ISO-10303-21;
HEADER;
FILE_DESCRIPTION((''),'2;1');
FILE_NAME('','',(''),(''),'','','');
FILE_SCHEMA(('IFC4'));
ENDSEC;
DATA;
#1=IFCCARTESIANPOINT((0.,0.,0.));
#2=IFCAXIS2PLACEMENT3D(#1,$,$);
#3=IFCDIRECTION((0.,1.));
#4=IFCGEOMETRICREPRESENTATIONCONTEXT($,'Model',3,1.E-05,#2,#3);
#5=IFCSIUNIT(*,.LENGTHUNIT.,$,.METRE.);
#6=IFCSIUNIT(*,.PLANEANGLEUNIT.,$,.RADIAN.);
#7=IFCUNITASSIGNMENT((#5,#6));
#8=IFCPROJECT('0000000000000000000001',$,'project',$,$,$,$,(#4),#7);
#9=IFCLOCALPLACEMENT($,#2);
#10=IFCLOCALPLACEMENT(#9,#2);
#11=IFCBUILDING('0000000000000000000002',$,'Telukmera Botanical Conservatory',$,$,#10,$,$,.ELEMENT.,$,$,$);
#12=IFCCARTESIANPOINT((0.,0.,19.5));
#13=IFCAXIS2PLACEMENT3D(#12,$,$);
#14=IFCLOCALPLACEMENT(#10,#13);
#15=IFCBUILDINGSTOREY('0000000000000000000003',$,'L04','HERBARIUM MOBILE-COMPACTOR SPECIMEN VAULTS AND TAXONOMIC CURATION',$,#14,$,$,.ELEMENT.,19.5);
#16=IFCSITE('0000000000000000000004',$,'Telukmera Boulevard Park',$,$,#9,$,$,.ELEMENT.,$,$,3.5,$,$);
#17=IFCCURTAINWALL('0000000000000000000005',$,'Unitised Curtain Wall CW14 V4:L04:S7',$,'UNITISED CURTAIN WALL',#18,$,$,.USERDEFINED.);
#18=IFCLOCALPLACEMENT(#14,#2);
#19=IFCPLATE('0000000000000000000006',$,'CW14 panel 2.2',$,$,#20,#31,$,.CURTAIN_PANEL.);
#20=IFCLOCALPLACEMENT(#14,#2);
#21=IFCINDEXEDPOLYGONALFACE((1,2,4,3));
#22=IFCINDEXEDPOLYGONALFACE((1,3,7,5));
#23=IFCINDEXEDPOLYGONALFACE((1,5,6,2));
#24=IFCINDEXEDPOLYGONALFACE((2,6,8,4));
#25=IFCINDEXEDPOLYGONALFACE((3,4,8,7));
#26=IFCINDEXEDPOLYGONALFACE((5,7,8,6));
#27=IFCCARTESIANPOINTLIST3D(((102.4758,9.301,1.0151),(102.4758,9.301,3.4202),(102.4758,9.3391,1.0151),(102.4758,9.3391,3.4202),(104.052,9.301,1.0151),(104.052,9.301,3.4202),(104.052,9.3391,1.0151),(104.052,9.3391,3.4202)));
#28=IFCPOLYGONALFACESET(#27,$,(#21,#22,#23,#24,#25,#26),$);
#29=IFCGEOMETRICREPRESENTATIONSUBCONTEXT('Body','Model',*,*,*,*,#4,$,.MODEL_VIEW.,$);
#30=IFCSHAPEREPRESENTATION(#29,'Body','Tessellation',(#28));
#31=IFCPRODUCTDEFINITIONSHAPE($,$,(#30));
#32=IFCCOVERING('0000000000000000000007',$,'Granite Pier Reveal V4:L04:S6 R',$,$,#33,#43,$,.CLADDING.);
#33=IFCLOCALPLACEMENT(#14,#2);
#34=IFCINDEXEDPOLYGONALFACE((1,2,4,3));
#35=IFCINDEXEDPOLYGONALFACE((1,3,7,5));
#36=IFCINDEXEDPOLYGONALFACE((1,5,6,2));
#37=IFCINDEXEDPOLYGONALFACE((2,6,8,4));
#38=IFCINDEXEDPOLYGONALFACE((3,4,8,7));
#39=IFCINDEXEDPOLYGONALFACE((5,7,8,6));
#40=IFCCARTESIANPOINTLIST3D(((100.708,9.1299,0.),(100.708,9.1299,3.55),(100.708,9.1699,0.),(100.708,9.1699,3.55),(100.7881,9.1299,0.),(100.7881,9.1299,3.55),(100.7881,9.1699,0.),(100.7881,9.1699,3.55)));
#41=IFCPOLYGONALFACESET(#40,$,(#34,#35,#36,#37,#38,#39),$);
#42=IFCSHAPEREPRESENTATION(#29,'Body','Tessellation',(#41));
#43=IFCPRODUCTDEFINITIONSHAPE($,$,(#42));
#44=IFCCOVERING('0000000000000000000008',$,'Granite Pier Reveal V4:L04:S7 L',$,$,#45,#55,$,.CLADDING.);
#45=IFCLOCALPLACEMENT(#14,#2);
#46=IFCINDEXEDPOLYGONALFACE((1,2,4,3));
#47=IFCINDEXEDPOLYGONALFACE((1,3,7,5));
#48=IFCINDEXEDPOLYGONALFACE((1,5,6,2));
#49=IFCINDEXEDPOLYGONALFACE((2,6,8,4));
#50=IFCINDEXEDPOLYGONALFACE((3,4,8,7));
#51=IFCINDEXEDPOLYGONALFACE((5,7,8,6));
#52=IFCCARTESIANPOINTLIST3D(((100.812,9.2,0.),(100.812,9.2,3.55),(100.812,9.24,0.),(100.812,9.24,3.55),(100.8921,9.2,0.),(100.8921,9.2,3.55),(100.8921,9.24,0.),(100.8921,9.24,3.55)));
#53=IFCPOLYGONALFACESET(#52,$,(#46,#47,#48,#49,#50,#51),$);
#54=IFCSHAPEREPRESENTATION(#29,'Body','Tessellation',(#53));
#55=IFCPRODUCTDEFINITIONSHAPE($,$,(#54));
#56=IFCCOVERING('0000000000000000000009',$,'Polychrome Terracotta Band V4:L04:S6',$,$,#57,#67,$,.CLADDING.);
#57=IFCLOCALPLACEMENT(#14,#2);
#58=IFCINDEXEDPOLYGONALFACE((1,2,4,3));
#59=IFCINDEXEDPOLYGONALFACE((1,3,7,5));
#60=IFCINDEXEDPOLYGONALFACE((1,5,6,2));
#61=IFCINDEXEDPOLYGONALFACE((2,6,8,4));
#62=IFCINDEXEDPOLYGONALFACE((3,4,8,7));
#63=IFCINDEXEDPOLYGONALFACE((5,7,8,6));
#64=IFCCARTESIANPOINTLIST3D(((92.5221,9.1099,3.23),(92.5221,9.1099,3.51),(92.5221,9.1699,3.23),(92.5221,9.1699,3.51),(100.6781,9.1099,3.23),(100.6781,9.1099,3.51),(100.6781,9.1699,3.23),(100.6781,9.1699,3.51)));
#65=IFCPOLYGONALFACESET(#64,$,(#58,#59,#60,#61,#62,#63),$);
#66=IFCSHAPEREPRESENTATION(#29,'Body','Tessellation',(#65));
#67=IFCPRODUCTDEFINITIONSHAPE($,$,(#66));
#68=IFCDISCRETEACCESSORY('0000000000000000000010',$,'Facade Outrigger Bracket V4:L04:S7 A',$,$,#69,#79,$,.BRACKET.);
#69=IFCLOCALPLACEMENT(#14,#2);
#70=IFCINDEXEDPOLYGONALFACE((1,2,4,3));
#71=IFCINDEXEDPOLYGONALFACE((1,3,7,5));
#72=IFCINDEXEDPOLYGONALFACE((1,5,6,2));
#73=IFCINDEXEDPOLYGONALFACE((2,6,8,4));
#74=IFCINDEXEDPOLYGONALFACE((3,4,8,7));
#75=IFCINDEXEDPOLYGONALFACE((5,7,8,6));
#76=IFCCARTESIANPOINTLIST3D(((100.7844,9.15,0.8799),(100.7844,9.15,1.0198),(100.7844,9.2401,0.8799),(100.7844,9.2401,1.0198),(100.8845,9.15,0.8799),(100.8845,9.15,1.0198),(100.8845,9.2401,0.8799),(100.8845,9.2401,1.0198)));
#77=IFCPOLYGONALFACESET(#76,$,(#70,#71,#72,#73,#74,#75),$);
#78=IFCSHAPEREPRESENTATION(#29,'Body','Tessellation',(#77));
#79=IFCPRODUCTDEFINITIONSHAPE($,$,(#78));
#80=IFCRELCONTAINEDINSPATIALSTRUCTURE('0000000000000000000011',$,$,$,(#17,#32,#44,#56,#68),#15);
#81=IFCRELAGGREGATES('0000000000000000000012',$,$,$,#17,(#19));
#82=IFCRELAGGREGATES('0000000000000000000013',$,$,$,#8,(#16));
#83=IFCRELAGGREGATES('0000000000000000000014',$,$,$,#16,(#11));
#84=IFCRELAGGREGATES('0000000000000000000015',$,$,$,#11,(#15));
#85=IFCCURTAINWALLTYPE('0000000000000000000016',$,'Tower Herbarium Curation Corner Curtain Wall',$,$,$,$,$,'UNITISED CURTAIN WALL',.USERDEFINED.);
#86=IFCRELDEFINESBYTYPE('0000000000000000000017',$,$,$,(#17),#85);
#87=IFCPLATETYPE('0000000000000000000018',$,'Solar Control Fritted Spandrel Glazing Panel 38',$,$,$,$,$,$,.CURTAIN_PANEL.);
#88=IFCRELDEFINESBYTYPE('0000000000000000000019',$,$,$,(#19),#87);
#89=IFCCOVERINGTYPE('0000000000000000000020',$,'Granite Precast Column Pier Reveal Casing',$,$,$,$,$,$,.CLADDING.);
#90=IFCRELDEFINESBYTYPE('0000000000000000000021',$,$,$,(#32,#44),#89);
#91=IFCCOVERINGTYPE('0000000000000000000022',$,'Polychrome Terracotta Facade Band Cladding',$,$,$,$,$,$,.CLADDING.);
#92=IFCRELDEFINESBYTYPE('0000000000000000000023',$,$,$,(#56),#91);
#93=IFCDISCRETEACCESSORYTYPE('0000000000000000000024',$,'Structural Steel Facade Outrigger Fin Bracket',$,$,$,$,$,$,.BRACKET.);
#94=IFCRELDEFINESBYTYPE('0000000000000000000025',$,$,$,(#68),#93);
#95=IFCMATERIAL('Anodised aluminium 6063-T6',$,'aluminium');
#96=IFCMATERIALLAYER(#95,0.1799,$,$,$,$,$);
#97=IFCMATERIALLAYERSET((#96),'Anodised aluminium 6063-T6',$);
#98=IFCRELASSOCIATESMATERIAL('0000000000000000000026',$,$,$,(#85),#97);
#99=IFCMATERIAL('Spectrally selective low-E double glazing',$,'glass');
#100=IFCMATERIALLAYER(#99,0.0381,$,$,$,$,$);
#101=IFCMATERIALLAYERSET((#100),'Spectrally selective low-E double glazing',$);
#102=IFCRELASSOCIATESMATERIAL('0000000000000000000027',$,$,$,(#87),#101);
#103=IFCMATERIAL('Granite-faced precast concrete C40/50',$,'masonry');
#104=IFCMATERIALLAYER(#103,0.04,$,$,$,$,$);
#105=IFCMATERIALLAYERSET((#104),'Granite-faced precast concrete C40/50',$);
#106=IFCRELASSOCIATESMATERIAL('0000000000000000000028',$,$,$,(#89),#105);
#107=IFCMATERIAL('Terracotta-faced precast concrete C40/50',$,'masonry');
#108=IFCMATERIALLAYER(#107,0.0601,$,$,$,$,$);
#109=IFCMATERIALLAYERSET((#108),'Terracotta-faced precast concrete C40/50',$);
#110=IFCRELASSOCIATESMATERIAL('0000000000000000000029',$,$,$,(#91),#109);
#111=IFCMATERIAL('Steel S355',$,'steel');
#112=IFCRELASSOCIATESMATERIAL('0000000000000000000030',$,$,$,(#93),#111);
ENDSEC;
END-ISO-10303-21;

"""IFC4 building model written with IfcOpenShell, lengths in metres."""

from ifc_helpers import new_model, si_unit, direction, frame, origin, origin_2d, place, context, subcontext, project, spatial, rectangle, extrude, material, layer, layer_set, type_object, element, aggregate, save


model = new_model("IFC4")

# Units and contexts
model_context = context("Model", 3, precision=1e-05, world=origin(), true_north=direction((0.0, 1.0)))
body_context = subcontext(model_context, "Body", "Model", "MODEL_VIEW")
ifc_project = project(units=[si_unit("LENGTHUNIT", "METRE"), si_unit("PLANEANGLEUNIT", "RADIAN")], contexts=[model_context])

# Site, building, storey
site_placement = place(None, origin())
site = spatial("IfcSite", under=ifc_project, at=site_placement, Name="Telukmera Boulevard Park", CompositionType="ELEMENT", RefElevation=3.5)
building_placement = place(site_placement, origin())
building = spatial("IfcBuilding", under=site, at=building_placement, Name="Telukmera Botanical Conservatory", CompositionType="ELEMENT")
storey_placement = place(building_placement, frame((0.0, 0.0, 19.5)))
storey = spatial("IfcBuildingStorey", under=building, at=storey_placement, Name="L04", Description="HERBARIUM MOBILE-COMPACTOR SPECIMEN VAULTS AND TAXONOMIC CURATION", CompositionType="ELEMENT", Elevation=19.5)

# Curtain wall, plate
ifc_material_1 = material(Name="Anodised aluminium 6063-T6", Category="aluminium")
ifc_layer_1 = layer(ifc_material_1, 0.1799)
ifc_layer_set_1 = layer_set([ifc_layer_1], Name="Anodised aluminium 6063-T6")
curtain_wall_type = type_object("IfcCurtainWallType", Name="Tower Herbarium Curation Corner Curtain Wall", ElementType="UNITISED CURTAIN WALL", PredefinedType="USERDEFINED", material=ifc_layer_set_1)
curtain_wall_placement = place(storey_placement, origin())
curtain_wall = element("IfcCurtainWall", 1, at=curtain_wall_placement, inside=storey, type_object=curtain_wall_type, Name="Unitised Curtain Wall CW14 V4:L04:S7", ObjectType="UNITISED CURTAIN WALL", PredefinedType="USERDEFINED")
ifc_material_2 = material(Name="Spectrally selective low-E double glazing", Category="glass")
ifc_layer_2 = layer(ifc_material_2, 0.0381)
ifc_layer_set_2 = layer_set([ifc_layer_2], Name="Spectrally selective low-E double glazing")
plate_type = type_object("IfcPlateType", Name="Solar Control Fritted Spandrel Glazing Panel 38", PredefinedType="CURTAIN_PANEL", material=ifc_layer_set_2)
plate_1_placement = place(storey_placement, frame((103.2639, 9.3201, 1.0151), z_axis=(0.0, 0.0, 1.0), x_axis=(1.0, 0.0, 0.0)))
plate_1 = element("IfcPlate", 2, at=plate_1_placement, type_object=plate_type, Name="CW14 panel 2.2", PredefinedType="CURTAIN_PANEL", context=body_context, shape_type="SweptSolid", body=[
    extrude(rectangle(XDim=1.5762, YDim=0.0381, at=origin_2d()), origin(), (0.0, 0.0, 1.0), 2.405),
])
aggregate(curtain_wall, [plate_1])

# Coverings
ifc_material_3 = material(Name="Granite-faced precast concrete C40/50", Category="masonry")
ifc_layer_3 = layer(ifc_material_3, 0.04)
ifc_layer_set_3 = layer_set([ifc_layer_3], Name="Granite-faced precast concrete C40/50")
covering_type_1 = type_object("IfcCoveringType", Name="Granite Precast Column Pier Reveal Casing", PredefinedType="CLADDING", material=ifc_layer_set_3)
for number, where, z_axis, x_axis, name in (
    (3, (100.748, 9.1499, 0.0), (0.0, 0.0, 1.0), (1.0, 0.0, 0.0), "Granite Pier Reveal V4:L04:S6 R"),
    (4, (100.8521, 9.22, 0.0), (0.0, 0.0, 1.0), (1.0, 0.0, 0.0), "Granite Pier Reveal V4:L04:S7 L"),
):
    element("IfcCovering", number, at=place(storey_placement, frame(where, z_axis=z_axis, x_axis=x_axis)), inside=storey, type_object=covering_type_1, Name=name, PredefinedType="CLADDING", context=body_context, shape_type="SweptSolid", body=[
        extrude(rectangle(XDim=0.0801, YDim=0.04, at=origin_2d()), origin(), (0.0, 0.0, 1.0), 3.55),
    ])
ifc_material_4 = material(Name="Terracotta-faced precast concrete C40/50", Category="masonry")
ifc_layer_4 = layer(ifc_material_4, 0.0601)
ifc_layer_set_4 = layer_set([ifc_layer_4], Name="Terracotta-faced precast concrete C40/50")
covering_type_2 = type_object("IfcCoveringType", Name="Polychrome Terracotta Facade Band Cladding", PredefinedType="CLADDING", material=ifc_layer_set_4)
covering_placement = place(storey_placement, frame((96.6001, 9.1399, 3.23), z_axis=(0.0, 0.0, 1.0), x_axis=(1.0, 0.0, 0.0)))
element("IfcCovering", 5, at=covering_placement, inside=storey, type_object=covering_type_2, Name="Polychrome Terracotta Band V4:L04:S6", PredefinedType="CLADDING", context=body_context, shape_type="SweptSolid", body=[
    extrude(rectangle(XDim=8.156, YDim=0.0601, at=origin_2d()), origin(), (0.0, 0.0, 1.0), 0.28),
])

# Discrete accessory
ifc_material_5 = material(Name="Steel S355", Category="steel")
discrete_accessory_type = type_object("IfcDiscreteAccessoryType", Name="Structural Steel Facade Outrigger Fin Bracket", PredefinedType="BRACKET", material=ifc_material_5)
discrete_accessory_placement = place(storey_placement, frame((100.8345, 9.1951, 0.8799), z_axis=(0.0, 0.0, 1.0), x_axis=(1.0, 0.0, 0.0)))
element("IfcDiscreteAccessory", 6, at=discrete_accessory_placement, inside=storey, type_object=discrete_accessory_type, Name="Facade Outrigger Bracket V4:L04:S7 A", PredefinedType="BRACKET", context=body_context, shape_type="SweptSolid", body=[
    extrude(rectangle(XDim=0.1001, YDim=0.0901, at=origin_2d()), origin(), (0.0, 0.0, 1.0), 0.1399),
])

save(model, "model.ifc")
